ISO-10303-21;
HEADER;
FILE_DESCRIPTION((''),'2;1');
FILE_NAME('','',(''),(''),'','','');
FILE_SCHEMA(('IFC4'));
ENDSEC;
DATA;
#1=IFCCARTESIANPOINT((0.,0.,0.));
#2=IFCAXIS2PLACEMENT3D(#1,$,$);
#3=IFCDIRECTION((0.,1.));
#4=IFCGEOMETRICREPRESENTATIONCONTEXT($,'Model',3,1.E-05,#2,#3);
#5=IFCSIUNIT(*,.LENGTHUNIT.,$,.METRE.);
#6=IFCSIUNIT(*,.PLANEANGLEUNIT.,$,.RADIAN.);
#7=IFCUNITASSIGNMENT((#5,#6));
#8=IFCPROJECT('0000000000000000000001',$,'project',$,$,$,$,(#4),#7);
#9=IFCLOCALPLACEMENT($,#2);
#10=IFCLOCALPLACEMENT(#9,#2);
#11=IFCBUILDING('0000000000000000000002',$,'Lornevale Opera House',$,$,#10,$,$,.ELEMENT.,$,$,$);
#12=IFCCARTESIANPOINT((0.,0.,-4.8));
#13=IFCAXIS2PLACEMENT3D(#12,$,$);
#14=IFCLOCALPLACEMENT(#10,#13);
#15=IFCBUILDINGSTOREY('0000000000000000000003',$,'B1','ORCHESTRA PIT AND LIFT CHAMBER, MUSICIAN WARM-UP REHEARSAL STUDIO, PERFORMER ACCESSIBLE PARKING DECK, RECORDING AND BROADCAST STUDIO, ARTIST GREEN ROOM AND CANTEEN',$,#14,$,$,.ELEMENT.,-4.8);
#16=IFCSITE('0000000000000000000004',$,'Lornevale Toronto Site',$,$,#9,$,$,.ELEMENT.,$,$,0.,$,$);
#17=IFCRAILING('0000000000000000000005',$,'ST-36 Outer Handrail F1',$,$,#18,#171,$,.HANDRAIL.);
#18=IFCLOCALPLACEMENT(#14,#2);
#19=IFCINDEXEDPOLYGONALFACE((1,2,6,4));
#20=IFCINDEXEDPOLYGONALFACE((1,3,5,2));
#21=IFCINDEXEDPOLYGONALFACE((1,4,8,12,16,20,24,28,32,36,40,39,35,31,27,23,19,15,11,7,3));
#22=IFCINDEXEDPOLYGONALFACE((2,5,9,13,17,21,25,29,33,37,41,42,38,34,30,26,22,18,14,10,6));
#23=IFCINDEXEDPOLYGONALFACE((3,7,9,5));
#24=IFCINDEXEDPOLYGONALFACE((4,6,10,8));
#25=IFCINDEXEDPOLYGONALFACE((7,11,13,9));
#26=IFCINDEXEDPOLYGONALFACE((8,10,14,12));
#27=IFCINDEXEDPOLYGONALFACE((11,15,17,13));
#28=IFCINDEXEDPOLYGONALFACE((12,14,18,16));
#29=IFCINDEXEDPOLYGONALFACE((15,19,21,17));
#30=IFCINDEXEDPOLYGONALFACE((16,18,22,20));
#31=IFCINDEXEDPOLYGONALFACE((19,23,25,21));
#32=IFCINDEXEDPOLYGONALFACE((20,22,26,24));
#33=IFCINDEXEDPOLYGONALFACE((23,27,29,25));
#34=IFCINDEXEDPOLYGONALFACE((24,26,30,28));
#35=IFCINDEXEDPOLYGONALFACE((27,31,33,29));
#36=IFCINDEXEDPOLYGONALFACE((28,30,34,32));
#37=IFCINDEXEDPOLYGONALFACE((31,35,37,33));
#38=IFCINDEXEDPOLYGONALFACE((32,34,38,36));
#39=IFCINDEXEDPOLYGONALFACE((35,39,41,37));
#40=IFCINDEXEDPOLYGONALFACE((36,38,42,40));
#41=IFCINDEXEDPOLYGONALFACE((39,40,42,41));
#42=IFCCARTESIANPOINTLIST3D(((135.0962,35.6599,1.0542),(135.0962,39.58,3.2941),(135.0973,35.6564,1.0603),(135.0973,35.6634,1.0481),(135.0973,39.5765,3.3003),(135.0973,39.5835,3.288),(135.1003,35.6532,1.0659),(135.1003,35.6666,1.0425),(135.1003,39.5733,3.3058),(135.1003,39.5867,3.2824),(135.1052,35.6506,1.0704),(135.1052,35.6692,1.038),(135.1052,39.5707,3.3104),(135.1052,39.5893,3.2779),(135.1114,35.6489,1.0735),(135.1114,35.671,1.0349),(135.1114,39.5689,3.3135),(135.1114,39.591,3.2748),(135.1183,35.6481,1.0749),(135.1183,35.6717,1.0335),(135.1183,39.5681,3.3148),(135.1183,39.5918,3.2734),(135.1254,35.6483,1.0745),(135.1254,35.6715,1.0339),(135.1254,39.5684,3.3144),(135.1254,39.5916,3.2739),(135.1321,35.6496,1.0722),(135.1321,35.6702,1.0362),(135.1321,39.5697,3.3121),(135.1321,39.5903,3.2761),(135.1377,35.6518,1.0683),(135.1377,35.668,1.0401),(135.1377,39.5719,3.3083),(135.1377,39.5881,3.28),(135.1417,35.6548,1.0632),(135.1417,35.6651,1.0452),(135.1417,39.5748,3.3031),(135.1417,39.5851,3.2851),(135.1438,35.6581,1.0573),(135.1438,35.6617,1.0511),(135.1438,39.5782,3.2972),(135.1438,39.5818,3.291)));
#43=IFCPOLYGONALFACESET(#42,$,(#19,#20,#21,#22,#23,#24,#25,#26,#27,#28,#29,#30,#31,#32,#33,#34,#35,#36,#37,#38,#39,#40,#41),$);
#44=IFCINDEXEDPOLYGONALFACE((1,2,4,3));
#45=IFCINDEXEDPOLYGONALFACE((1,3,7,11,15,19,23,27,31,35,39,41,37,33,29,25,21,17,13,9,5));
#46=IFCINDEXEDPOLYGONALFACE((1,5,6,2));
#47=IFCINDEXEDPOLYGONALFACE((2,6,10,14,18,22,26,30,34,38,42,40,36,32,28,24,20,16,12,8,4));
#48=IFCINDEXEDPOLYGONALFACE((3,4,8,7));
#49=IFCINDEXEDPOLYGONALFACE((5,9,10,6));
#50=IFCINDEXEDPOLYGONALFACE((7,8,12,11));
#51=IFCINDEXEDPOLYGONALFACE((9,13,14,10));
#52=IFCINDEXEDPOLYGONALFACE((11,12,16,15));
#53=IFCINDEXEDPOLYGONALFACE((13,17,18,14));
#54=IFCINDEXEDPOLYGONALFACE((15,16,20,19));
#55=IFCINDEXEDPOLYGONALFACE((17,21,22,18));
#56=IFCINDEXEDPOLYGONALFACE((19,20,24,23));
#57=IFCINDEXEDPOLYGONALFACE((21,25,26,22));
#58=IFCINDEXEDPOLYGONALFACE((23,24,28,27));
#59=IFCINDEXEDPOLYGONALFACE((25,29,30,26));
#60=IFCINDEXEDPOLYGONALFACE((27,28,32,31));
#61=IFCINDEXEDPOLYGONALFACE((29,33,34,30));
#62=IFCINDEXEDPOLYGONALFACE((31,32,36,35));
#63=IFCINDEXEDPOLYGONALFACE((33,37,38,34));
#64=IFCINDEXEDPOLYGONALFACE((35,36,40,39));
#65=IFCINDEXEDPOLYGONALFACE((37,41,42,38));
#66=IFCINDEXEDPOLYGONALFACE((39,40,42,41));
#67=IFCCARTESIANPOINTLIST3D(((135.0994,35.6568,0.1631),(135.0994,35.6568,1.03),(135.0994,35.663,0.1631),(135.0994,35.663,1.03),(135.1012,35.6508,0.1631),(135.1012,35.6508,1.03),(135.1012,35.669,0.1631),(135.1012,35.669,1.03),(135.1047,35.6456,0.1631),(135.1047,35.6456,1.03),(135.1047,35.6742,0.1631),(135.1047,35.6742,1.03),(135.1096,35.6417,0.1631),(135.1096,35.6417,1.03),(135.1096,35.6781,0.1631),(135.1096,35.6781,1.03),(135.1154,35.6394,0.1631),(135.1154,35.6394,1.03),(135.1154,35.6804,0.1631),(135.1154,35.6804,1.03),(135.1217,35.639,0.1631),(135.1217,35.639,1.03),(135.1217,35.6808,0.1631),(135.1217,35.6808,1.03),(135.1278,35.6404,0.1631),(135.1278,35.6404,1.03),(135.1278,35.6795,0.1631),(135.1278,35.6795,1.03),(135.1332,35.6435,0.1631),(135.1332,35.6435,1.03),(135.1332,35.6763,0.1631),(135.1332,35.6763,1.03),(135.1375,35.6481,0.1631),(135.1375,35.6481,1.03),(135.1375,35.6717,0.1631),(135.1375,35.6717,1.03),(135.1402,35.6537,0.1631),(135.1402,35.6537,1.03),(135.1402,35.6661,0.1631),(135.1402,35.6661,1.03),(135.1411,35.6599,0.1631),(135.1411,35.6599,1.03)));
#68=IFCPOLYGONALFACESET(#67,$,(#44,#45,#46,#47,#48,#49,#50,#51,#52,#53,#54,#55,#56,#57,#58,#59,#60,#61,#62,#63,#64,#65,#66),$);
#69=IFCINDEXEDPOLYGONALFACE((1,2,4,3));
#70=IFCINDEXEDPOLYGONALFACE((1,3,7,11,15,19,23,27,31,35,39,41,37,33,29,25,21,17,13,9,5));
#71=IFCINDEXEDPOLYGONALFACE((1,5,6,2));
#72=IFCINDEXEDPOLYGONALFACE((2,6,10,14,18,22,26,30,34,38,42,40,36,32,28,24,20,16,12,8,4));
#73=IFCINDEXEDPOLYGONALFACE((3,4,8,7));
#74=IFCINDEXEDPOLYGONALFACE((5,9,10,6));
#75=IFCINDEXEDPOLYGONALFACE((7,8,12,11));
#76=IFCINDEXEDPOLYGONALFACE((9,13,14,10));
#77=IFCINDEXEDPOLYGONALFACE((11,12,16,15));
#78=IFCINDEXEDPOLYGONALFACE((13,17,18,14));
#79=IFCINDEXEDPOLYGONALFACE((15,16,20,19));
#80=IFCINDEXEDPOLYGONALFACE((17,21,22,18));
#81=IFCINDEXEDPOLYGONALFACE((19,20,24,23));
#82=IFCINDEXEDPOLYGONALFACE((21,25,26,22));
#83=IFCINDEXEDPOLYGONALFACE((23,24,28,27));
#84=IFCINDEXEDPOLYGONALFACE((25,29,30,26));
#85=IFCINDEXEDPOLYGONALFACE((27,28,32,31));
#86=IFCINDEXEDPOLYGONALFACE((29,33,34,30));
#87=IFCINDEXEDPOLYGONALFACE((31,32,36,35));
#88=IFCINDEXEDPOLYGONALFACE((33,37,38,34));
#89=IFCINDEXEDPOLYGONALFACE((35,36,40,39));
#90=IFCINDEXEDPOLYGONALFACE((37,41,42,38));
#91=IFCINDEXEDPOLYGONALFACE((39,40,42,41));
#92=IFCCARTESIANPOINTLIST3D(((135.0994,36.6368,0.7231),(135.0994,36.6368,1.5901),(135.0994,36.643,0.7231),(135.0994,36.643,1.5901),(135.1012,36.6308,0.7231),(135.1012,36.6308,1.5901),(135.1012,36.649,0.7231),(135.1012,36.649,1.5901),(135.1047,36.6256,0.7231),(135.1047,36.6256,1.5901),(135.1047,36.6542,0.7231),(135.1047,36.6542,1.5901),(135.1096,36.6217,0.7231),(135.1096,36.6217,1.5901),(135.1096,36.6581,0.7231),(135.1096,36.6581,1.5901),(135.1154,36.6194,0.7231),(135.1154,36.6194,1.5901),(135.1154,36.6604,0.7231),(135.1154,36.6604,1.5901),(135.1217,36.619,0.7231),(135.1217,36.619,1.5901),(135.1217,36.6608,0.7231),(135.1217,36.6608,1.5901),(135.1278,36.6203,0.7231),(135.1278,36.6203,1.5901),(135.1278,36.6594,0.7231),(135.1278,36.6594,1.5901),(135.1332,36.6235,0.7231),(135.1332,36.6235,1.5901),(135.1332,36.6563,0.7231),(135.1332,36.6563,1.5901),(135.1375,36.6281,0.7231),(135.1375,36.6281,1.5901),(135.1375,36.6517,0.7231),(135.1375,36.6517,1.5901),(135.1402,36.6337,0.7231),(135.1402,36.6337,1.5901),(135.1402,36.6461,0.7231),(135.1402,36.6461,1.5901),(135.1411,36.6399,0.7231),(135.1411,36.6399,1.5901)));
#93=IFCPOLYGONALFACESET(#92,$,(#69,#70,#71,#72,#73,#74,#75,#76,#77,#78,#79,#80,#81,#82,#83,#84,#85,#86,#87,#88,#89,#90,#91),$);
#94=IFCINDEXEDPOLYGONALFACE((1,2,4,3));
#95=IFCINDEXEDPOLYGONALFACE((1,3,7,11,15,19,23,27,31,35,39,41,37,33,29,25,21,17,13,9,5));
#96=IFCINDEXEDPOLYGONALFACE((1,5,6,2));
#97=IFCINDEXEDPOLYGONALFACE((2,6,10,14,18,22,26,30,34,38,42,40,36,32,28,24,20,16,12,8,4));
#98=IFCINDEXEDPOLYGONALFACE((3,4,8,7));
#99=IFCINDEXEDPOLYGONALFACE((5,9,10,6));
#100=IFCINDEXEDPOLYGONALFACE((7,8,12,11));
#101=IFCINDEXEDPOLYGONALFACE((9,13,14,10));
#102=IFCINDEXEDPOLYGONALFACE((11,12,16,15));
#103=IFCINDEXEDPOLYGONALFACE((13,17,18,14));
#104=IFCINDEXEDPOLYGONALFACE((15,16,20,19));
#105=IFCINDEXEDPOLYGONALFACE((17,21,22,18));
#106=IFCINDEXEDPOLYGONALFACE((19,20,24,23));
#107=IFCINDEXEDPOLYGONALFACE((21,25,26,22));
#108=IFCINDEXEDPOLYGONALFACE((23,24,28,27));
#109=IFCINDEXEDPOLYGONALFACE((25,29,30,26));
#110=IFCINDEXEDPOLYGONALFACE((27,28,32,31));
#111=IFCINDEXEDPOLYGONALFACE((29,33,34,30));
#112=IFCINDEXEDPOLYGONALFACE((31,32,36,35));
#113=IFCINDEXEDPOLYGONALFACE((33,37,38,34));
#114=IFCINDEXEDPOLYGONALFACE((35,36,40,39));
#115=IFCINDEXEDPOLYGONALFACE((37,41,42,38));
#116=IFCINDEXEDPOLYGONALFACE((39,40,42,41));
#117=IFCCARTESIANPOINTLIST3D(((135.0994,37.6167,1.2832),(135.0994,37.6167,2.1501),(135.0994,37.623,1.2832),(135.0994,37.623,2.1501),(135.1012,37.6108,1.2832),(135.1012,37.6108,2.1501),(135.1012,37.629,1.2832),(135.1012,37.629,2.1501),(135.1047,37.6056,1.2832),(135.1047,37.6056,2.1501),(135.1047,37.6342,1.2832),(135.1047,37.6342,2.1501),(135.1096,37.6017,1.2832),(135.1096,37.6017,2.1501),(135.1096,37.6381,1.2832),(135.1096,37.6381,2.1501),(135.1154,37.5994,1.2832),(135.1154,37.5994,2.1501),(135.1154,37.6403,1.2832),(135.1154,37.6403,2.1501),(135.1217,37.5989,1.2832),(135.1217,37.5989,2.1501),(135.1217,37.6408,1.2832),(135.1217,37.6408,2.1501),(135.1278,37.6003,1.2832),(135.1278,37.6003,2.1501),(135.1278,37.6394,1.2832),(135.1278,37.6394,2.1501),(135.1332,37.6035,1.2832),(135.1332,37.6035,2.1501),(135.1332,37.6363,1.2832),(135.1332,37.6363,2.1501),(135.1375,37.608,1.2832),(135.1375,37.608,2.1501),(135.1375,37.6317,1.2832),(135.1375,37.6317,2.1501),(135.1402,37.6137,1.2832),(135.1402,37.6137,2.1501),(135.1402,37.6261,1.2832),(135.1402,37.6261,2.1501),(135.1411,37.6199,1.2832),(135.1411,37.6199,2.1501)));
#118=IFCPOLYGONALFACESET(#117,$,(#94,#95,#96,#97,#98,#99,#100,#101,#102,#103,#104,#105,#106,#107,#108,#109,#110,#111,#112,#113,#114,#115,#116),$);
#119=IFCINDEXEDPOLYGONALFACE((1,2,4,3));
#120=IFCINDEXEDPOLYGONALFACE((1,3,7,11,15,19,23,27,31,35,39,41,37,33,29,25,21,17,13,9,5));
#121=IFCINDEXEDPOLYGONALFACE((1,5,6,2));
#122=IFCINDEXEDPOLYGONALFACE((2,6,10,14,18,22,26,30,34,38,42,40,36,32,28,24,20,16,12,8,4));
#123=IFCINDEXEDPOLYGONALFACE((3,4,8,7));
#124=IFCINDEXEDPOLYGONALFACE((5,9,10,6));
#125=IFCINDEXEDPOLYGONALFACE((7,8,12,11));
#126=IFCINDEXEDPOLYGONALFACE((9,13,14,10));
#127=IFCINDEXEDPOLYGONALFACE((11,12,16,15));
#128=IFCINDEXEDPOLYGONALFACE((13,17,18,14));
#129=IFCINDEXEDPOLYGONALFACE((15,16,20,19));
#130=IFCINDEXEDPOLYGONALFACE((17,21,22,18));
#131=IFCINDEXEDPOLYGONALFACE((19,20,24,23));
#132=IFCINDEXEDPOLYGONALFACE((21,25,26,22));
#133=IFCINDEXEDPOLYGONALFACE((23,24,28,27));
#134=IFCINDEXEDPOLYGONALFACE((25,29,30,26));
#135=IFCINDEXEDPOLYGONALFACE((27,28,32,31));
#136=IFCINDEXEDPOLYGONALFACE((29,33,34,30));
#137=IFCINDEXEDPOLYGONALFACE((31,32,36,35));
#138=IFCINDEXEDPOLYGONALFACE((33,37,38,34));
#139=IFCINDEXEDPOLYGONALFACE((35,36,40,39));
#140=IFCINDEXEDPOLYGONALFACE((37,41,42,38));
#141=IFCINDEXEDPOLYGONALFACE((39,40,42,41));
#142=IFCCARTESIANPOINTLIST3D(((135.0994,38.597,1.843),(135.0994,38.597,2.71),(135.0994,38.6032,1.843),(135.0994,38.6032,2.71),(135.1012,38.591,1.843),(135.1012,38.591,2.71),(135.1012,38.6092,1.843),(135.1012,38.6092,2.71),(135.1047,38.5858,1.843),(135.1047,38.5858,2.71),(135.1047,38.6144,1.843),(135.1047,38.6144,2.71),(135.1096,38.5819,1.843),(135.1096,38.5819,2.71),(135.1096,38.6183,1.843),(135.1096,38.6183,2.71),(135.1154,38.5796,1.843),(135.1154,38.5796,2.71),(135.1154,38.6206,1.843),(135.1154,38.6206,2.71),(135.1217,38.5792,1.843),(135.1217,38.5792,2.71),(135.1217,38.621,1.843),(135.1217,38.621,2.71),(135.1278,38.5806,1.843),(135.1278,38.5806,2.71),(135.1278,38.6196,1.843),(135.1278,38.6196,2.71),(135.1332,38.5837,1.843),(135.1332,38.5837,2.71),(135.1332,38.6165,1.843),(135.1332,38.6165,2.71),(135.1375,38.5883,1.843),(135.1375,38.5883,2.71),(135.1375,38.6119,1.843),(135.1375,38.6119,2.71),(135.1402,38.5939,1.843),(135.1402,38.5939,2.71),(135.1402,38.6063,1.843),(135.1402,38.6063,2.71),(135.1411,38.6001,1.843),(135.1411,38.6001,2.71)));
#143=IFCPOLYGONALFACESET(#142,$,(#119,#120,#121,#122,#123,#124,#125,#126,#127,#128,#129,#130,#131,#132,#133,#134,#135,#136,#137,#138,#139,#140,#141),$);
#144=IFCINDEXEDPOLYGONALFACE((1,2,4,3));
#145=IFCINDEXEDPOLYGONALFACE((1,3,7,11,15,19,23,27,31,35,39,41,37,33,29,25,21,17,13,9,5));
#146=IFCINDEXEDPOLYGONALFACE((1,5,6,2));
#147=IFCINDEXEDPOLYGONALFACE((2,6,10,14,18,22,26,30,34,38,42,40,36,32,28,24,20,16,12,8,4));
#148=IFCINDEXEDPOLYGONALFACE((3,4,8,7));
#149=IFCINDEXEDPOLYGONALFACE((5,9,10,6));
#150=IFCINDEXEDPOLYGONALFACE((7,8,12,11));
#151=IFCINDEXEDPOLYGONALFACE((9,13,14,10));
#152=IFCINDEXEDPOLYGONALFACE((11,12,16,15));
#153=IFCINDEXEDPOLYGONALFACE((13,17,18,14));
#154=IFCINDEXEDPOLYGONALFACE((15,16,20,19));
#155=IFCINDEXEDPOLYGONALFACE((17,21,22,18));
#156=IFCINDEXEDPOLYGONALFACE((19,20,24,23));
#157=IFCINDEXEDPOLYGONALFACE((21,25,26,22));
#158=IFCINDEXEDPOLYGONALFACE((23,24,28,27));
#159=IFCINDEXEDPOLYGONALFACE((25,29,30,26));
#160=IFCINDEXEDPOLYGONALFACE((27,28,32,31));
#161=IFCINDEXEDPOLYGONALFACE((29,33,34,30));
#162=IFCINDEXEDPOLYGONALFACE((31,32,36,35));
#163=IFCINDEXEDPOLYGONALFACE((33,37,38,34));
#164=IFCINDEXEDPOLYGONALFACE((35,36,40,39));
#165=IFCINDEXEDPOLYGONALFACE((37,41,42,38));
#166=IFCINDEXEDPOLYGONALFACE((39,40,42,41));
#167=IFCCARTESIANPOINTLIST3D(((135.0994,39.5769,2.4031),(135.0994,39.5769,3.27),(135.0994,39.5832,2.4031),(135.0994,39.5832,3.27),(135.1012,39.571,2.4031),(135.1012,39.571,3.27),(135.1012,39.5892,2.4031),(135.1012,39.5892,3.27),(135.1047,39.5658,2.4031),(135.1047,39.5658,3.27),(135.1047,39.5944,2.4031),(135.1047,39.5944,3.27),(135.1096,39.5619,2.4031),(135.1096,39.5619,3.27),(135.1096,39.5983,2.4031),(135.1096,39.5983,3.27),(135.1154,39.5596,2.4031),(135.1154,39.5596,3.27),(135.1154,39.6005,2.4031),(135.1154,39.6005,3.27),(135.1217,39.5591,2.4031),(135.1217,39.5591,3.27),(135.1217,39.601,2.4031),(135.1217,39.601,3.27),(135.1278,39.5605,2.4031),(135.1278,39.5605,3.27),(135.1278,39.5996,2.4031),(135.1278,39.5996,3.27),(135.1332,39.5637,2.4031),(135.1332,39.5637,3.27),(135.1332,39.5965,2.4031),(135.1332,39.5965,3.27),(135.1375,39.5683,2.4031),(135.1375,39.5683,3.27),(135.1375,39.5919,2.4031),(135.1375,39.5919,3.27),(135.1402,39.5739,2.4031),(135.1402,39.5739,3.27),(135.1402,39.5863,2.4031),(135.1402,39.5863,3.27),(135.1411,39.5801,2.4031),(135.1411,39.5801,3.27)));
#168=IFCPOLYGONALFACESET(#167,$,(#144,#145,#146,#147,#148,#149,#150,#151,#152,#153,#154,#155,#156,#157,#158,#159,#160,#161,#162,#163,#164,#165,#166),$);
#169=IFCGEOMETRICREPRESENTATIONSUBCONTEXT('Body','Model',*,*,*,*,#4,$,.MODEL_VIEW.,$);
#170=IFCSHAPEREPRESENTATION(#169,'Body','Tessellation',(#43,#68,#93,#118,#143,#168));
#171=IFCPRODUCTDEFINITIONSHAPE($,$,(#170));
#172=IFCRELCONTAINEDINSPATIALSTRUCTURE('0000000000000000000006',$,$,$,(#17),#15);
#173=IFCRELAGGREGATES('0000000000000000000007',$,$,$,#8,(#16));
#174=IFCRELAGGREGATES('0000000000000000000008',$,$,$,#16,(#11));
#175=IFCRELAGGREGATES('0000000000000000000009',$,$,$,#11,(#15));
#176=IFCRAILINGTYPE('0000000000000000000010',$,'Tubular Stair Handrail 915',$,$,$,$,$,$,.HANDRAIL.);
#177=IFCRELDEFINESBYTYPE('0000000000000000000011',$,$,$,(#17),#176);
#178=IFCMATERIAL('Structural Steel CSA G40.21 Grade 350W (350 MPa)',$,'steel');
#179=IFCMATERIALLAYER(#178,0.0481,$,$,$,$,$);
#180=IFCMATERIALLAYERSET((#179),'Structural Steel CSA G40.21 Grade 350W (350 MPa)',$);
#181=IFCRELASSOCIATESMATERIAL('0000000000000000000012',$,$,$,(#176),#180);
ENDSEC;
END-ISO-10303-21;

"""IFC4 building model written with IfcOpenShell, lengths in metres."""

from ifc_helpers import new_model, si_unit, direction, frame, origin, origin_2d, place, context, subcontext, project, spatial, circle, extrude, material, layer, layer_set, type_object, element, save


model = new_model("IFC4")

# Units and contexts
model_context = context("Model", 3, precision=1e-05, world=origin(), true_north=direction((0.0, 1.0)))
body_context = subcontext(model_context, "Body", "Model", "MODEL_VIEW")
ifc_project = project(units=[si_unit("LENGTHUNIT", "METRE"), si_unit("PLANEANGLEUNIT", "RADIAN")], contexts=[model_context])

# Site, building, storey
site_placement = place(None, origin())
site = spatial("IfcSite", under=ifc_project, at=site_placement, Name="Lornevale Toronto Site", CompositionType="ELEMENT", RefElevation=0.0)
building_placement = place(site_placement, origin())
building = spatial("IfcBuilding", under=site, at=building_placement, Name="Lornevale Opera House", CompositionType="ELEMENT")
storey_placement = place(building_placement, frame((0.0, 0.0, -4.8)))
storey = spatial("IfcBuildingStorey", under=building, at=storey_placement, Name="B1", Description="ORCHESTRA PIT AND LIFT CHAMBER, MUSICIAN WARM-UP REHEARSAL STUDIO, PERFORMER ACCESSIBLE PARKING DECK, RECORDING AND BROADCAST STUDIO, ARTIST GREEN ROOM AND CANTEEN", CompositionType="ELEMENT", Elevation=-4.8)

# Railing
ifc_material_1 = material(Name="Structural Steel CSA G40.21 Grade 350W (350 MPa)", Category="steel")
ifc_layer_1 = layer(ifc_material_1, 0.0481)
ifc_layer_set_1 = layer_set([ifc_layer_1], Name="Structural Steel CSA G40.21 Grade 350W (350 MPa)")
railing_type_1 = type_object("IfcRailingType", Name="Tubular Stair Handrail 915", PredefinedType="HANDRAIL", material=ifc_layer_set_1)
railing_1_placement = place(storey_placement, frame((135.1201, 35.6599, 0.1631)))
element("IfcRailing", 1, at=railing_1_placement, inside=storey, type_object=railing_type_1, Name="ST-36 Outer Handrail F1", PredefinedType="HANDRAIL", context=body_context, shape_type="SweptSolid", body=[
    extrude(circle(Radius=0.0239, at=origin_2d()), frame((0.0, 0.0, 0.8911), z_axis=(0.0, 0.868253, 0.496121), x_axis=(-1.0, 0.0, 0.0)), (0.0, 0.0, 1.0), 4.5149),
    extrude(circle(Radius=0.021, at=origin_2d()), origin(), (0.0, 0.0, 1.0), 0.8669),
    extrude(circle(Radius=0.021, at=origin_2d()), frame((0.0, 0.98, 0.5601)), (0.0, 0.0, 1.0), 0.8669),
    extrude(circle(Radius=0.021, at=origin_2d()), frame((0.0, 1.96, 1.1201)), (0.0, 0.0, 1.0), 0.8669),
    extrude(circle(Radius=0.021, at=origin_2d()), frame((0.0, 2.9402, 1.6799)), (0.0, 0.0, 1.0), 0.8669),
    extrude(circle(Radius=0.021, at=origin_2d()), frame((0.0, 3.9202, 2.24)), (0.0, 0.0, 1.0), 0.8669),
])

save(model, "model.ifc")
